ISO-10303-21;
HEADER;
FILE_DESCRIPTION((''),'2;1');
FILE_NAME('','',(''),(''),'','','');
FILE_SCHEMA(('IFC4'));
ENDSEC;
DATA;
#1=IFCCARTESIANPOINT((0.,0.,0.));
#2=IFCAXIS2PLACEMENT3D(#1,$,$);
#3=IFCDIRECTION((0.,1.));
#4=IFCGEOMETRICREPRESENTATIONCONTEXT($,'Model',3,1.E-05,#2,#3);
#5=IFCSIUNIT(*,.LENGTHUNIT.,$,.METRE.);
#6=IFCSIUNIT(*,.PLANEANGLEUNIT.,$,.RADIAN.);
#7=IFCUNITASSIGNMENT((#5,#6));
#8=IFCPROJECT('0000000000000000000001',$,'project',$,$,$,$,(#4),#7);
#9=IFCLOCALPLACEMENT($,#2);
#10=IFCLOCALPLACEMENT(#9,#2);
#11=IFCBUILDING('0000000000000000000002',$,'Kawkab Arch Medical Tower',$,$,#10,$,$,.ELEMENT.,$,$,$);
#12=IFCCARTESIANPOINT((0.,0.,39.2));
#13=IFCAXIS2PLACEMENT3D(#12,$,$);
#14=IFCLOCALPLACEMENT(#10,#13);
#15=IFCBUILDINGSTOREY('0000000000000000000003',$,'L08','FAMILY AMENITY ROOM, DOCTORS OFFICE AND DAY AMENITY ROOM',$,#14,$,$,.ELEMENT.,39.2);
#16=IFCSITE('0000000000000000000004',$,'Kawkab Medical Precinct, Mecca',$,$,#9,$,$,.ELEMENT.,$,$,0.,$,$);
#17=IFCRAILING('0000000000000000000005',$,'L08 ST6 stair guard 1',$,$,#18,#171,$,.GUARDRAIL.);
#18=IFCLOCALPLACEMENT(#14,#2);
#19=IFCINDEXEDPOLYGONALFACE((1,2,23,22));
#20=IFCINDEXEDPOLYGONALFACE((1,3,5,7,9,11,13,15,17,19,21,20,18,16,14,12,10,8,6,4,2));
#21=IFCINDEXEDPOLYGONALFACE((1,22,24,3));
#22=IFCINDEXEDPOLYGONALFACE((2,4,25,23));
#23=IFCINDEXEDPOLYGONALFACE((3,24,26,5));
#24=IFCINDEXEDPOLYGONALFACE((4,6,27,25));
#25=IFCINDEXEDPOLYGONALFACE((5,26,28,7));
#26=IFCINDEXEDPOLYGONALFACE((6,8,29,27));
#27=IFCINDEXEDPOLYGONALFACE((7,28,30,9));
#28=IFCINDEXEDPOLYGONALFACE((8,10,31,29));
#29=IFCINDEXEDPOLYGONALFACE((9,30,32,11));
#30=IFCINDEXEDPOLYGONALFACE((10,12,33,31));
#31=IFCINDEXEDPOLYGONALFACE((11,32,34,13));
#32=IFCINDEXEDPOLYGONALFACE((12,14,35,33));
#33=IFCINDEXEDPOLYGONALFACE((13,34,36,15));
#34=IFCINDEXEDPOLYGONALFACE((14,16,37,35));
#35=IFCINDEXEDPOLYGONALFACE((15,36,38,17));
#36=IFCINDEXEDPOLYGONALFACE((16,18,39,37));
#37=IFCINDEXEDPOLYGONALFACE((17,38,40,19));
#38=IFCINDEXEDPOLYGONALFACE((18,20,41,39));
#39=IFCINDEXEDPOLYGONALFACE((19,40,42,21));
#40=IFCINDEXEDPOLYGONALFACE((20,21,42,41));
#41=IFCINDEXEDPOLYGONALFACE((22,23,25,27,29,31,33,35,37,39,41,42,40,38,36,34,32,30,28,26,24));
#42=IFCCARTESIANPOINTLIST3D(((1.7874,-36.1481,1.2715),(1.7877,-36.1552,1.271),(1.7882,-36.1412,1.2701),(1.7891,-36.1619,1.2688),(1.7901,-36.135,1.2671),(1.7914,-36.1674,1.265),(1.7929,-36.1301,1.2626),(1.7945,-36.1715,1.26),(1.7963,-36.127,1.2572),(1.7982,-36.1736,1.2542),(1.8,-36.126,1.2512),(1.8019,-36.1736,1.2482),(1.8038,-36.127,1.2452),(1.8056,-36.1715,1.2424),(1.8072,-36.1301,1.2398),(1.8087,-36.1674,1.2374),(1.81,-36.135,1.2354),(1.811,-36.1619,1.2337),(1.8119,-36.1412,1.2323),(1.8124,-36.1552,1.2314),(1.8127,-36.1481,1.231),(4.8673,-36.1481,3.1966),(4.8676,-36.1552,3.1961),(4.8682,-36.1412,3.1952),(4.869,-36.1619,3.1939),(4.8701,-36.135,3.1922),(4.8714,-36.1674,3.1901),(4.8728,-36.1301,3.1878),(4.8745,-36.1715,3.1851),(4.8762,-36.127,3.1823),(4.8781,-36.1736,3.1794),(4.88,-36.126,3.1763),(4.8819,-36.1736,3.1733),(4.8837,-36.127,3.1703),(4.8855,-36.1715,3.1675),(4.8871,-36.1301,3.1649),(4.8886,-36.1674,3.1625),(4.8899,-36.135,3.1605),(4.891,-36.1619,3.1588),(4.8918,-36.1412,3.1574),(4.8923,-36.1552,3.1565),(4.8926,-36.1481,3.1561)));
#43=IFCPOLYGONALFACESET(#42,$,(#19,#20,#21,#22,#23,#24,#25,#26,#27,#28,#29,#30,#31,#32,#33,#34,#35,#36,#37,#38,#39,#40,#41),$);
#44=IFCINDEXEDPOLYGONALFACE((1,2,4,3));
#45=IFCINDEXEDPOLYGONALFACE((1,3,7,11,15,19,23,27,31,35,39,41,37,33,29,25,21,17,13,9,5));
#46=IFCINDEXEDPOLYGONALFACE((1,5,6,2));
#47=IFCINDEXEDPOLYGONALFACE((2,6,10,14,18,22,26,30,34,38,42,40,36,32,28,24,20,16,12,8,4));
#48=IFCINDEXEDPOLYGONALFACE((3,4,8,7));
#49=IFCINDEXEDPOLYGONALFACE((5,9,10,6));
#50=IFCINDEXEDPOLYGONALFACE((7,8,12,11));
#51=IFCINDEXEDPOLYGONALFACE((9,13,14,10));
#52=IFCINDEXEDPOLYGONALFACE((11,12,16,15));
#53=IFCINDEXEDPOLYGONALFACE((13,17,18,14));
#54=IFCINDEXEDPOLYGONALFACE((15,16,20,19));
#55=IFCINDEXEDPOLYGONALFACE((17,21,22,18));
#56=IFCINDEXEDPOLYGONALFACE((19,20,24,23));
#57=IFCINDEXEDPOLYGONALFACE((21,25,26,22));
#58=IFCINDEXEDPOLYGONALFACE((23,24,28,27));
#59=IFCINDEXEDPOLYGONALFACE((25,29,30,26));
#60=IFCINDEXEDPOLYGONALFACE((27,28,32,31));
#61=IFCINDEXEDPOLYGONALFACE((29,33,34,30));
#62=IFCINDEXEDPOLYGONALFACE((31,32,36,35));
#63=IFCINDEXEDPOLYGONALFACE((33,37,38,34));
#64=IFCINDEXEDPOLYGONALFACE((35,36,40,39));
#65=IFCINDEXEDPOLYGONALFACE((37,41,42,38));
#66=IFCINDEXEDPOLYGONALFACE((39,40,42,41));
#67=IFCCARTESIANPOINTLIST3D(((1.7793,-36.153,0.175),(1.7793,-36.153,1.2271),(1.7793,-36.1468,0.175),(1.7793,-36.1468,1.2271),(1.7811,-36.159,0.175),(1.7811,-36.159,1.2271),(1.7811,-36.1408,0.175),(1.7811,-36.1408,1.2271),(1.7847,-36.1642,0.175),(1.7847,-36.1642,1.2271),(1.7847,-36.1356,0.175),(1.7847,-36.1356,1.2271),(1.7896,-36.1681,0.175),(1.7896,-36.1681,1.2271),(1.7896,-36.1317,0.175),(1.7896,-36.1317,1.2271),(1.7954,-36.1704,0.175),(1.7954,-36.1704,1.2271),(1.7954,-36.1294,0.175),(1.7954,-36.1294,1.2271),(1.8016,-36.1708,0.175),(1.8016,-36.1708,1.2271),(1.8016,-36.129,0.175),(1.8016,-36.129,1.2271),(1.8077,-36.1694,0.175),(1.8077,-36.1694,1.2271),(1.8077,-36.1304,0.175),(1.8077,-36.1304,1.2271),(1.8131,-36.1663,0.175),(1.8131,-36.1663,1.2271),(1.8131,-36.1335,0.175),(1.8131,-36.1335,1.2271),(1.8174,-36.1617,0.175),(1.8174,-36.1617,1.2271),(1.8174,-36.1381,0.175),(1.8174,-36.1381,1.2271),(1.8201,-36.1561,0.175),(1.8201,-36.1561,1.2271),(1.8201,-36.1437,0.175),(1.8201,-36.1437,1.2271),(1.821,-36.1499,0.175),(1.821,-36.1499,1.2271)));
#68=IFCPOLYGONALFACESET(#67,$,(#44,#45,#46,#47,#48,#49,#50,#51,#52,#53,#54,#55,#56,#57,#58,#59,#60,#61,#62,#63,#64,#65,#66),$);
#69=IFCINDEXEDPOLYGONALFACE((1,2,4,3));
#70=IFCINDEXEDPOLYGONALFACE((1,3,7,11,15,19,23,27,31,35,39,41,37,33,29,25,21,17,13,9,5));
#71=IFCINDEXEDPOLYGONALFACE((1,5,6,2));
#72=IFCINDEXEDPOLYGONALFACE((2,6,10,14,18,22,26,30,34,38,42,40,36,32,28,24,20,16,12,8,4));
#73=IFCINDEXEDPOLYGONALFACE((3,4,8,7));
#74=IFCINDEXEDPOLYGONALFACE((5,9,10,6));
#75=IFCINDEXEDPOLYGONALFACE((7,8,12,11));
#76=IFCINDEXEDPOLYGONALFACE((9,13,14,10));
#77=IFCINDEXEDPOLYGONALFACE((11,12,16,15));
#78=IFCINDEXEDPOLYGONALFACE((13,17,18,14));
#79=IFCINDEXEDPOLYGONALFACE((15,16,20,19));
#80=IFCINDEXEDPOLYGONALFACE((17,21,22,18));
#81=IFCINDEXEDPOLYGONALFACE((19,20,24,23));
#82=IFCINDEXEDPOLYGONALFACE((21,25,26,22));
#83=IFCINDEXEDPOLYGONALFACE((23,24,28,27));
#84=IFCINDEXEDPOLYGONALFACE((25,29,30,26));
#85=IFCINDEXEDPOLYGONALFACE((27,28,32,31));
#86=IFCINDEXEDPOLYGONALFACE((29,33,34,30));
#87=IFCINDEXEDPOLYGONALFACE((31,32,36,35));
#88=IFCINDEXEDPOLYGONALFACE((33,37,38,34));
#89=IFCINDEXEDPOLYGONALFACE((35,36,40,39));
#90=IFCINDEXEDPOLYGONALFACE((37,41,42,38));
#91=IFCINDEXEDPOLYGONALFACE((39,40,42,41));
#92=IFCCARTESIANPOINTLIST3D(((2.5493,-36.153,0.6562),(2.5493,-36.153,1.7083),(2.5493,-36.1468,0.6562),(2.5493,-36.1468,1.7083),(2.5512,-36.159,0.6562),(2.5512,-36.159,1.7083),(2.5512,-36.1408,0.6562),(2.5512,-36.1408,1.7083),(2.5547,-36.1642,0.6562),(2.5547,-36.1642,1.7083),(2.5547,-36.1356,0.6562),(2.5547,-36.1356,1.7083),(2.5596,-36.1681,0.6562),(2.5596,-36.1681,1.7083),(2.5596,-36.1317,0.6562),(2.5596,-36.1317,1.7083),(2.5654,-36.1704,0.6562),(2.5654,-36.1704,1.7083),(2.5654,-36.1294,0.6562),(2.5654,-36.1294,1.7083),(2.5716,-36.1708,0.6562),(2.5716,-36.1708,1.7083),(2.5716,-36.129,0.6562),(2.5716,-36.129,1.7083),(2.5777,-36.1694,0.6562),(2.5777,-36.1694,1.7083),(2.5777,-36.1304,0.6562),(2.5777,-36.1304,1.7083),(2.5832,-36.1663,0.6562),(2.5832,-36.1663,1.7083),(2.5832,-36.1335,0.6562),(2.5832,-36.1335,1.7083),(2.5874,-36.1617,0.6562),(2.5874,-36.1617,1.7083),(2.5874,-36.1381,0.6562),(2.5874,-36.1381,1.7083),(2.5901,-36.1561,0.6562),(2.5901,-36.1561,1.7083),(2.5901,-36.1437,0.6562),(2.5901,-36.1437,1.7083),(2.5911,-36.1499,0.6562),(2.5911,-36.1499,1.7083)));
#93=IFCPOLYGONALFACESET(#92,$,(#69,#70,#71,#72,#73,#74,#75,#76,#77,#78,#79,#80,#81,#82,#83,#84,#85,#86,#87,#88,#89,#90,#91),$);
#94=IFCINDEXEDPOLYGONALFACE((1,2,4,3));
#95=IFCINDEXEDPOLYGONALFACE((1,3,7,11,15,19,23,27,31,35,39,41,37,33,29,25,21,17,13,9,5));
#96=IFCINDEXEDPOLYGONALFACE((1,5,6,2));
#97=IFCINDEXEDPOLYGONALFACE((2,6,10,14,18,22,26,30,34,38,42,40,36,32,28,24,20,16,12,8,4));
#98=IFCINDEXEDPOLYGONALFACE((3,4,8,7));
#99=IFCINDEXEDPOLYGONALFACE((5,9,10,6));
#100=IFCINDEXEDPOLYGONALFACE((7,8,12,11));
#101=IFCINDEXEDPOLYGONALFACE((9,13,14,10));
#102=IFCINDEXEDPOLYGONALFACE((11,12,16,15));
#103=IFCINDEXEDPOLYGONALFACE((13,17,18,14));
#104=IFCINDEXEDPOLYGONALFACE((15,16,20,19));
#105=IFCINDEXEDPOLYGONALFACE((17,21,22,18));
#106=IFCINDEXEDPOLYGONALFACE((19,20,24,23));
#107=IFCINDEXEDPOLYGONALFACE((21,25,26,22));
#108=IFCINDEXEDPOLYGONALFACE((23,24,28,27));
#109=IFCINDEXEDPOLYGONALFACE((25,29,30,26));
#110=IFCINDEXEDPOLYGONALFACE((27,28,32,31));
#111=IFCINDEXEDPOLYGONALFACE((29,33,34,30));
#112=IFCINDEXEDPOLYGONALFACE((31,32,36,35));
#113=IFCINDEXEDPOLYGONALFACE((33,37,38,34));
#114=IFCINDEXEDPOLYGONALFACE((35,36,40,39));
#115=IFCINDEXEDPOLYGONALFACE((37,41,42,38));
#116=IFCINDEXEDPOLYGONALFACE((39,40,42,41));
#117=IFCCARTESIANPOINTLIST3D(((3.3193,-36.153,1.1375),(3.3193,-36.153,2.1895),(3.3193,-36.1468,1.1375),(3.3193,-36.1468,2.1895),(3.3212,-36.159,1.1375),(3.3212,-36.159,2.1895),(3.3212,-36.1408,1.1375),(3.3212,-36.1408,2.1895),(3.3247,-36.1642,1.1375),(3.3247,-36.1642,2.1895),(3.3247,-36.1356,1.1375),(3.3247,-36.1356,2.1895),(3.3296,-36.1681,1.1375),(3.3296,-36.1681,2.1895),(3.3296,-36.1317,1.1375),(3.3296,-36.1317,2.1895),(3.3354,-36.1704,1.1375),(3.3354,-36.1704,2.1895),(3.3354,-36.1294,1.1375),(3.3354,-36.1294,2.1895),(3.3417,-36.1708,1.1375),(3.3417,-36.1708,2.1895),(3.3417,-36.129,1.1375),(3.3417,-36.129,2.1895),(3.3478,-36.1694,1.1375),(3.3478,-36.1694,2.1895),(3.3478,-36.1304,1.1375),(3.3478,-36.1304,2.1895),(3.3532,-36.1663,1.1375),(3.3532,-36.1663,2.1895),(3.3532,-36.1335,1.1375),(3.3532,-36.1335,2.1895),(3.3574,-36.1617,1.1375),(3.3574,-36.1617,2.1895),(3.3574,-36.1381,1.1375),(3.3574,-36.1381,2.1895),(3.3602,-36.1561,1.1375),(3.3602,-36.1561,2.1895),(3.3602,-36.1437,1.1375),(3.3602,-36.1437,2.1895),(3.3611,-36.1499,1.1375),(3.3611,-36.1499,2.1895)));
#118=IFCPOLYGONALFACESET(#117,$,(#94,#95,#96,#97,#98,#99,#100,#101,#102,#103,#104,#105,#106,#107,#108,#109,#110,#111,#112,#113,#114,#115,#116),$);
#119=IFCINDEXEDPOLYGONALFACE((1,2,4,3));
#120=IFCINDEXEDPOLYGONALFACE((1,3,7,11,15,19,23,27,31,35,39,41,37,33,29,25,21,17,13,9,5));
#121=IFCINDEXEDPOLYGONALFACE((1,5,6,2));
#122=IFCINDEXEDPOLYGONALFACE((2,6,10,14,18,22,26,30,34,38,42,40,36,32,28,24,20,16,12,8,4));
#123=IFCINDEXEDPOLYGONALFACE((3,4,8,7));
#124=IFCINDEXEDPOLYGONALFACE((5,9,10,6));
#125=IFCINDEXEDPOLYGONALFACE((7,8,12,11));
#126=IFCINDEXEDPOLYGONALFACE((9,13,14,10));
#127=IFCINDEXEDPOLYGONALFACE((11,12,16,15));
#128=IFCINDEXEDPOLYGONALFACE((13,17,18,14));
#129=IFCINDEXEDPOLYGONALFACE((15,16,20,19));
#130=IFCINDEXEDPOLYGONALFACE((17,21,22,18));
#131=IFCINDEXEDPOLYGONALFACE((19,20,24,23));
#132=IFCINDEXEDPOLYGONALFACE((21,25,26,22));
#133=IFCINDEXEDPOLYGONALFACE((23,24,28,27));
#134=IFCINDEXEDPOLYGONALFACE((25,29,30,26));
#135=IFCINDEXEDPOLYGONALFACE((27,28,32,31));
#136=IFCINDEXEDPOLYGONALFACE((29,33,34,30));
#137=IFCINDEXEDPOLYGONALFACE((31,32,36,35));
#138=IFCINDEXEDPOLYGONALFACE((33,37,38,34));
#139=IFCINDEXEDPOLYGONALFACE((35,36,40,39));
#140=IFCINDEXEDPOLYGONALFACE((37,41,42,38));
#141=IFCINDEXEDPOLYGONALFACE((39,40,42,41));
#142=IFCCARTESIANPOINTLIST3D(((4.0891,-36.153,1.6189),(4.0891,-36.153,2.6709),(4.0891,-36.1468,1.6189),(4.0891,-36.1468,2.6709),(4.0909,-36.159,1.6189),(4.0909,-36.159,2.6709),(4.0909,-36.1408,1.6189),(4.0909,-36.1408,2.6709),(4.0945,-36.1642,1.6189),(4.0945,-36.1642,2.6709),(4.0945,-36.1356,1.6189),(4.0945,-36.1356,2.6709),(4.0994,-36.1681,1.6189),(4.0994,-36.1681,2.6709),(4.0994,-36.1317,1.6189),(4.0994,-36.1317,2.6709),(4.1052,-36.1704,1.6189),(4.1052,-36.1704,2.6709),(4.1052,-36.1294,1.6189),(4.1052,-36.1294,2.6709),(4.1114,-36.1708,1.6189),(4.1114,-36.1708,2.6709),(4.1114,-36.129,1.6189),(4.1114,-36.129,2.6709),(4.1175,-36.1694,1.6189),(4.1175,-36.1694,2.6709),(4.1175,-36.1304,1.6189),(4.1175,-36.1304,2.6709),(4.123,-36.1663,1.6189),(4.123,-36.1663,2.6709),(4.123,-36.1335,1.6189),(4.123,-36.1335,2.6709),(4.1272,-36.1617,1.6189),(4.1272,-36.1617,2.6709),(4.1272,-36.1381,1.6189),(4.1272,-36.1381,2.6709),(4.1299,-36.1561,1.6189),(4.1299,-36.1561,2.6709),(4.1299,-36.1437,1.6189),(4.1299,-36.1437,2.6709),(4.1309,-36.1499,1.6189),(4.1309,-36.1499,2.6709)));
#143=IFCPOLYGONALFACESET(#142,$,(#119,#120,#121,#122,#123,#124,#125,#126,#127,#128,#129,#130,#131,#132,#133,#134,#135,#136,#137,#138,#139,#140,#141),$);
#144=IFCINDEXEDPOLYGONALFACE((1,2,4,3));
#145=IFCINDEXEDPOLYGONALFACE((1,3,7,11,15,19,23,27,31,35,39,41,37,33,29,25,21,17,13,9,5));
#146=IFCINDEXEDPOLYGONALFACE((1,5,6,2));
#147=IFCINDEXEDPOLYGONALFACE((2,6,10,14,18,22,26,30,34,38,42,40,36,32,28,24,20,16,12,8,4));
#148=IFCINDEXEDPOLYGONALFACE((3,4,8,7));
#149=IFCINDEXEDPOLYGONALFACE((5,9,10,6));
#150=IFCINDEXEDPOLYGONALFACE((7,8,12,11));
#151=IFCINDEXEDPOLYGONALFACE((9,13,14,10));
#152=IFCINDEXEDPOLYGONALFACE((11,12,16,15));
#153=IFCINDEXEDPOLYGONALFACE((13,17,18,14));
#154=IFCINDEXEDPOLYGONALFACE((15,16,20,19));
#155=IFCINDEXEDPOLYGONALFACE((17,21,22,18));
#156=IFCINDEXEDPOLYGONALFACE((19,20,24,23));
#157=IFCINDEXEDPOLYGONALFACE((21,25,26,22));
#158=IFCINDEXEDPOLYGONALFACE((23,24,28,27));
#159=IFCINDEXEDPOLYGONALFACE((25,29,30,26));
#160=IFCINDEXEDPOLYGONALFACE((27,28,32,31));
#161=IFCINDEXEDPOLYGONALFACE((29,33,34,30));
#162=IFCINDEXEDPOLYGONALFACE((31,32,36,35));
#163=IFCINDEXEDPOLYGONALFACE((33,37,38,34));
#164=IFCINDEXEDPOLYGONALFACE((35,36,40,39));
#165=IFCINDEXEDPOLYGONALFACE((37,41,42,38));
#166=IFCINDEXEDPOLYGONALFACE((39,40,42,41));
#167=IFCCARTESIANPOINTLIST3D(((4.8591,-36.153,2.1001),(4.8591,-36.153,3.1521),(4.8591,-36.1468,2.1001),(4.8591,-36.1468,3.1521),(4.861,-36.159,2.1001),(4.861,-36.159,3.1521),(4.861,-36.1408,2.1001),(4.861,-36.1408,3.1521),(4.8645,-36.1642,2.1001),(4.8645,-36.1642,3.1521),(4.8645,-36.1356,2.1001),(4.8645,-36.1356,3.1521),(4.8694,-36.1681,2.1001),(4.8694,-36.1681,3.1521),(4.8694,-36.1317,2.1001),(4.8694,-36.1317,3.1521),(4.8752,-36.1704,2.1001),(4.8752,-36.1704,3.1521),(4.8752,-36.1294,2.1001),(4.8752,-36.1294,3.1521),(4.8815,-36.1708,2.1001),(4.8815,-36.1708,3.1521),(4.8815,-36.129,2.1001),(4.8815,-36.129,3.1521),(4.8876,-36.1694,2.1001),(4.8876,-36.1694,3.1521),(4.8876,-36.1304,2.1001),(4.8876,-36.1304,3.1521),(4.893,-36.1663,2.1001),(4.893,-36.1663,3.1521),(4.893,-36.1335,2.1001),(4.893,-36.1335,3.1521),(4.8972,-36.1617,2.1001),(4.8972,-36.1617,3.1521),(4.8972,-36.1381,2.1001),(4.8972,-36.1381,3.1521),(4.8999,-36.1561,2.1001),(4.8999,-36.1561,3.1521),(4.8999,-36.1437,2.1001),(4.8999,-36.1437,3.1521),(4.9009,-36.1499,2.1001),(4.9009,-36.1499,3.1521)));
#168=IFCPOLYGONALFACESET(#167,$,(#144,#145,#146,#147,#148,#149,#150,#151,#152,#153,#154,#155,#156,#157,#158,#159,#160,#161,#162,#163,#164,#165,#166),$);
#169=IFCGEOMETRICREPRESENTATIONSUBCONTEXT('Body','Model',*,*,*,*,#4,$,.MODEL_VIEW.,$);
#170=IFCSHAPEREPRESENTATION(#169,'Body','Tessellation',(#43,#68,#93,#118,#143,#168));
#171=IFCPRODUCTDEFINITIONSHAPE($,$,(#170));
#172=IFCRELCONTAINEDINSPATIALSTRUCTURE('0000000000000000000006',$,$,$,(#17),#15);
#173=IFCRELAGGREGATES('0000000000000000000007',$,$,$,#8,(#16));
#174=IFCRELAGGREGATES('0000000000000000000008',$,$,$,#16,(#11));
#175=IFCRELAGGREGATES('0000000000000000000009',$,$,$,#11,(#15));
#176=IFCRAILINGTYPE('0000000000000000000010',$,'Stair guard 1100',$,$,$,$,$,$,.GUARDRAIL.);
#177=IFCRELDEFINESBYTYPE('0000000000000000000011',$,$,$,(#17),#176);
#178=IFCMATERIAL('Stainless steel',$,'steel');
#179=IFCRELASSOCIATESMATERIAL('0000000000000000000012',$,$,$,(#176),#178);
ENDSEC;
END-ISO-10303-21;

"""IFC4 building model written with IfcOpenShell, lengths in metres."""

from ifc_helpers import new_model, si_unit, direction, frame, origin, origin_2d, place, context, subcontext, project, spatial, circle, extrude, material, type_object, element, save


model = new_model("IFC4")

# Units and contexts
model_context = context("Model", 3, precision=1e-05, world=origin(), true_north=direction((0.0, 1.0)))
body_context = subcontext(model_context, "Body", "Model", "MODEL_VIEW")
ifc_project = project(units=[si_unit("LENGTHUNIT", "METRE"), si_unit("PLANEANGLEUNIT", "RADIAN")], contexts=[model_context])

# Site, building, storey
site_placement = place(None, origin())
site = spatial("IfcSite", under=ifc_project, at=site_placement, Name="Kawkab Medical Precinct, Mecca", CompositionType="ELEMENT", RefElevation=0.0)
building_placement = place(site_placement, origin())
building = spatial("IfcBuilding", under=site, at=building_placement, Name="Kawkab Arch Medical Tower", CompositionType="ELEMENT")
storey_placement = place(building_placement, frame((0.0, 0.0, 39.2)))
storey = spatial("IfcBuildingStorey", under=building, at=storey_placement, Name="L08", Description="FAMILY AMENITY ROOM, DOCTORS OFFICE AND DAY AMENITY ROOM", CompositionType="ELEMENT", Elevation=39.2)

# Railing
ifc_material_1 = material(Name="Stainless steel", Category="steel")
railing_type_1 = type_object("IfcRailingType", Name="Stair guard 1100", PredefinedType="GUARDRAIL", material=ifc_material_1)
railing_1_placement = place(storey_placement, frame((1.8, -36.1499, 0.175)))
element("IfcRailing", 1, at=railing_1_placement, inside=storey, type_object=railing_type_1, Name="L08 ST6 stair guard 1", PredefinedType="GUARDRAIL", context=body_context, shape_type="SweptSolid", body=[
    extrude(circle(Radius=0.0239, at=origin_2d()), frame((0.0, 0.0, 1.0762), z_axis=(0.847979, 0.0, 0.530029), x_axis=(0.0, 1.0, 0.0)), (0.0, 0.0, 1.0), 3.6321),
    extrude(circle(Radius=0.021, at=origin_2d()), origin(), (0.0, 0.0, 1.0), 1.052),
    extrude(circle(Radius=0.021, at=origin_2d()), frame((0.77, 0.0, 0.4812)), (0.0, 0.0, 1.0), 1.052),
    extrude(circle(Radius=0.021, at=origin_2d()), frame((1.54, 0.0, 0.9624)), (0.0, 0.0, 1.0), 1.052),
    extrude(circle(Radius=0.021, at=origin_2d()), frame((2.3098, 0.0, 1.4438)), (0.0, 0.0, 1.0), 1.052),
    extrude(circle(Radius=0.021, at=origin_2d()), frame((3.0798, 0.0, 1.925)), (0.0, 0.0, 1.0), 1.052),
])

save(model, "model.ifc")
